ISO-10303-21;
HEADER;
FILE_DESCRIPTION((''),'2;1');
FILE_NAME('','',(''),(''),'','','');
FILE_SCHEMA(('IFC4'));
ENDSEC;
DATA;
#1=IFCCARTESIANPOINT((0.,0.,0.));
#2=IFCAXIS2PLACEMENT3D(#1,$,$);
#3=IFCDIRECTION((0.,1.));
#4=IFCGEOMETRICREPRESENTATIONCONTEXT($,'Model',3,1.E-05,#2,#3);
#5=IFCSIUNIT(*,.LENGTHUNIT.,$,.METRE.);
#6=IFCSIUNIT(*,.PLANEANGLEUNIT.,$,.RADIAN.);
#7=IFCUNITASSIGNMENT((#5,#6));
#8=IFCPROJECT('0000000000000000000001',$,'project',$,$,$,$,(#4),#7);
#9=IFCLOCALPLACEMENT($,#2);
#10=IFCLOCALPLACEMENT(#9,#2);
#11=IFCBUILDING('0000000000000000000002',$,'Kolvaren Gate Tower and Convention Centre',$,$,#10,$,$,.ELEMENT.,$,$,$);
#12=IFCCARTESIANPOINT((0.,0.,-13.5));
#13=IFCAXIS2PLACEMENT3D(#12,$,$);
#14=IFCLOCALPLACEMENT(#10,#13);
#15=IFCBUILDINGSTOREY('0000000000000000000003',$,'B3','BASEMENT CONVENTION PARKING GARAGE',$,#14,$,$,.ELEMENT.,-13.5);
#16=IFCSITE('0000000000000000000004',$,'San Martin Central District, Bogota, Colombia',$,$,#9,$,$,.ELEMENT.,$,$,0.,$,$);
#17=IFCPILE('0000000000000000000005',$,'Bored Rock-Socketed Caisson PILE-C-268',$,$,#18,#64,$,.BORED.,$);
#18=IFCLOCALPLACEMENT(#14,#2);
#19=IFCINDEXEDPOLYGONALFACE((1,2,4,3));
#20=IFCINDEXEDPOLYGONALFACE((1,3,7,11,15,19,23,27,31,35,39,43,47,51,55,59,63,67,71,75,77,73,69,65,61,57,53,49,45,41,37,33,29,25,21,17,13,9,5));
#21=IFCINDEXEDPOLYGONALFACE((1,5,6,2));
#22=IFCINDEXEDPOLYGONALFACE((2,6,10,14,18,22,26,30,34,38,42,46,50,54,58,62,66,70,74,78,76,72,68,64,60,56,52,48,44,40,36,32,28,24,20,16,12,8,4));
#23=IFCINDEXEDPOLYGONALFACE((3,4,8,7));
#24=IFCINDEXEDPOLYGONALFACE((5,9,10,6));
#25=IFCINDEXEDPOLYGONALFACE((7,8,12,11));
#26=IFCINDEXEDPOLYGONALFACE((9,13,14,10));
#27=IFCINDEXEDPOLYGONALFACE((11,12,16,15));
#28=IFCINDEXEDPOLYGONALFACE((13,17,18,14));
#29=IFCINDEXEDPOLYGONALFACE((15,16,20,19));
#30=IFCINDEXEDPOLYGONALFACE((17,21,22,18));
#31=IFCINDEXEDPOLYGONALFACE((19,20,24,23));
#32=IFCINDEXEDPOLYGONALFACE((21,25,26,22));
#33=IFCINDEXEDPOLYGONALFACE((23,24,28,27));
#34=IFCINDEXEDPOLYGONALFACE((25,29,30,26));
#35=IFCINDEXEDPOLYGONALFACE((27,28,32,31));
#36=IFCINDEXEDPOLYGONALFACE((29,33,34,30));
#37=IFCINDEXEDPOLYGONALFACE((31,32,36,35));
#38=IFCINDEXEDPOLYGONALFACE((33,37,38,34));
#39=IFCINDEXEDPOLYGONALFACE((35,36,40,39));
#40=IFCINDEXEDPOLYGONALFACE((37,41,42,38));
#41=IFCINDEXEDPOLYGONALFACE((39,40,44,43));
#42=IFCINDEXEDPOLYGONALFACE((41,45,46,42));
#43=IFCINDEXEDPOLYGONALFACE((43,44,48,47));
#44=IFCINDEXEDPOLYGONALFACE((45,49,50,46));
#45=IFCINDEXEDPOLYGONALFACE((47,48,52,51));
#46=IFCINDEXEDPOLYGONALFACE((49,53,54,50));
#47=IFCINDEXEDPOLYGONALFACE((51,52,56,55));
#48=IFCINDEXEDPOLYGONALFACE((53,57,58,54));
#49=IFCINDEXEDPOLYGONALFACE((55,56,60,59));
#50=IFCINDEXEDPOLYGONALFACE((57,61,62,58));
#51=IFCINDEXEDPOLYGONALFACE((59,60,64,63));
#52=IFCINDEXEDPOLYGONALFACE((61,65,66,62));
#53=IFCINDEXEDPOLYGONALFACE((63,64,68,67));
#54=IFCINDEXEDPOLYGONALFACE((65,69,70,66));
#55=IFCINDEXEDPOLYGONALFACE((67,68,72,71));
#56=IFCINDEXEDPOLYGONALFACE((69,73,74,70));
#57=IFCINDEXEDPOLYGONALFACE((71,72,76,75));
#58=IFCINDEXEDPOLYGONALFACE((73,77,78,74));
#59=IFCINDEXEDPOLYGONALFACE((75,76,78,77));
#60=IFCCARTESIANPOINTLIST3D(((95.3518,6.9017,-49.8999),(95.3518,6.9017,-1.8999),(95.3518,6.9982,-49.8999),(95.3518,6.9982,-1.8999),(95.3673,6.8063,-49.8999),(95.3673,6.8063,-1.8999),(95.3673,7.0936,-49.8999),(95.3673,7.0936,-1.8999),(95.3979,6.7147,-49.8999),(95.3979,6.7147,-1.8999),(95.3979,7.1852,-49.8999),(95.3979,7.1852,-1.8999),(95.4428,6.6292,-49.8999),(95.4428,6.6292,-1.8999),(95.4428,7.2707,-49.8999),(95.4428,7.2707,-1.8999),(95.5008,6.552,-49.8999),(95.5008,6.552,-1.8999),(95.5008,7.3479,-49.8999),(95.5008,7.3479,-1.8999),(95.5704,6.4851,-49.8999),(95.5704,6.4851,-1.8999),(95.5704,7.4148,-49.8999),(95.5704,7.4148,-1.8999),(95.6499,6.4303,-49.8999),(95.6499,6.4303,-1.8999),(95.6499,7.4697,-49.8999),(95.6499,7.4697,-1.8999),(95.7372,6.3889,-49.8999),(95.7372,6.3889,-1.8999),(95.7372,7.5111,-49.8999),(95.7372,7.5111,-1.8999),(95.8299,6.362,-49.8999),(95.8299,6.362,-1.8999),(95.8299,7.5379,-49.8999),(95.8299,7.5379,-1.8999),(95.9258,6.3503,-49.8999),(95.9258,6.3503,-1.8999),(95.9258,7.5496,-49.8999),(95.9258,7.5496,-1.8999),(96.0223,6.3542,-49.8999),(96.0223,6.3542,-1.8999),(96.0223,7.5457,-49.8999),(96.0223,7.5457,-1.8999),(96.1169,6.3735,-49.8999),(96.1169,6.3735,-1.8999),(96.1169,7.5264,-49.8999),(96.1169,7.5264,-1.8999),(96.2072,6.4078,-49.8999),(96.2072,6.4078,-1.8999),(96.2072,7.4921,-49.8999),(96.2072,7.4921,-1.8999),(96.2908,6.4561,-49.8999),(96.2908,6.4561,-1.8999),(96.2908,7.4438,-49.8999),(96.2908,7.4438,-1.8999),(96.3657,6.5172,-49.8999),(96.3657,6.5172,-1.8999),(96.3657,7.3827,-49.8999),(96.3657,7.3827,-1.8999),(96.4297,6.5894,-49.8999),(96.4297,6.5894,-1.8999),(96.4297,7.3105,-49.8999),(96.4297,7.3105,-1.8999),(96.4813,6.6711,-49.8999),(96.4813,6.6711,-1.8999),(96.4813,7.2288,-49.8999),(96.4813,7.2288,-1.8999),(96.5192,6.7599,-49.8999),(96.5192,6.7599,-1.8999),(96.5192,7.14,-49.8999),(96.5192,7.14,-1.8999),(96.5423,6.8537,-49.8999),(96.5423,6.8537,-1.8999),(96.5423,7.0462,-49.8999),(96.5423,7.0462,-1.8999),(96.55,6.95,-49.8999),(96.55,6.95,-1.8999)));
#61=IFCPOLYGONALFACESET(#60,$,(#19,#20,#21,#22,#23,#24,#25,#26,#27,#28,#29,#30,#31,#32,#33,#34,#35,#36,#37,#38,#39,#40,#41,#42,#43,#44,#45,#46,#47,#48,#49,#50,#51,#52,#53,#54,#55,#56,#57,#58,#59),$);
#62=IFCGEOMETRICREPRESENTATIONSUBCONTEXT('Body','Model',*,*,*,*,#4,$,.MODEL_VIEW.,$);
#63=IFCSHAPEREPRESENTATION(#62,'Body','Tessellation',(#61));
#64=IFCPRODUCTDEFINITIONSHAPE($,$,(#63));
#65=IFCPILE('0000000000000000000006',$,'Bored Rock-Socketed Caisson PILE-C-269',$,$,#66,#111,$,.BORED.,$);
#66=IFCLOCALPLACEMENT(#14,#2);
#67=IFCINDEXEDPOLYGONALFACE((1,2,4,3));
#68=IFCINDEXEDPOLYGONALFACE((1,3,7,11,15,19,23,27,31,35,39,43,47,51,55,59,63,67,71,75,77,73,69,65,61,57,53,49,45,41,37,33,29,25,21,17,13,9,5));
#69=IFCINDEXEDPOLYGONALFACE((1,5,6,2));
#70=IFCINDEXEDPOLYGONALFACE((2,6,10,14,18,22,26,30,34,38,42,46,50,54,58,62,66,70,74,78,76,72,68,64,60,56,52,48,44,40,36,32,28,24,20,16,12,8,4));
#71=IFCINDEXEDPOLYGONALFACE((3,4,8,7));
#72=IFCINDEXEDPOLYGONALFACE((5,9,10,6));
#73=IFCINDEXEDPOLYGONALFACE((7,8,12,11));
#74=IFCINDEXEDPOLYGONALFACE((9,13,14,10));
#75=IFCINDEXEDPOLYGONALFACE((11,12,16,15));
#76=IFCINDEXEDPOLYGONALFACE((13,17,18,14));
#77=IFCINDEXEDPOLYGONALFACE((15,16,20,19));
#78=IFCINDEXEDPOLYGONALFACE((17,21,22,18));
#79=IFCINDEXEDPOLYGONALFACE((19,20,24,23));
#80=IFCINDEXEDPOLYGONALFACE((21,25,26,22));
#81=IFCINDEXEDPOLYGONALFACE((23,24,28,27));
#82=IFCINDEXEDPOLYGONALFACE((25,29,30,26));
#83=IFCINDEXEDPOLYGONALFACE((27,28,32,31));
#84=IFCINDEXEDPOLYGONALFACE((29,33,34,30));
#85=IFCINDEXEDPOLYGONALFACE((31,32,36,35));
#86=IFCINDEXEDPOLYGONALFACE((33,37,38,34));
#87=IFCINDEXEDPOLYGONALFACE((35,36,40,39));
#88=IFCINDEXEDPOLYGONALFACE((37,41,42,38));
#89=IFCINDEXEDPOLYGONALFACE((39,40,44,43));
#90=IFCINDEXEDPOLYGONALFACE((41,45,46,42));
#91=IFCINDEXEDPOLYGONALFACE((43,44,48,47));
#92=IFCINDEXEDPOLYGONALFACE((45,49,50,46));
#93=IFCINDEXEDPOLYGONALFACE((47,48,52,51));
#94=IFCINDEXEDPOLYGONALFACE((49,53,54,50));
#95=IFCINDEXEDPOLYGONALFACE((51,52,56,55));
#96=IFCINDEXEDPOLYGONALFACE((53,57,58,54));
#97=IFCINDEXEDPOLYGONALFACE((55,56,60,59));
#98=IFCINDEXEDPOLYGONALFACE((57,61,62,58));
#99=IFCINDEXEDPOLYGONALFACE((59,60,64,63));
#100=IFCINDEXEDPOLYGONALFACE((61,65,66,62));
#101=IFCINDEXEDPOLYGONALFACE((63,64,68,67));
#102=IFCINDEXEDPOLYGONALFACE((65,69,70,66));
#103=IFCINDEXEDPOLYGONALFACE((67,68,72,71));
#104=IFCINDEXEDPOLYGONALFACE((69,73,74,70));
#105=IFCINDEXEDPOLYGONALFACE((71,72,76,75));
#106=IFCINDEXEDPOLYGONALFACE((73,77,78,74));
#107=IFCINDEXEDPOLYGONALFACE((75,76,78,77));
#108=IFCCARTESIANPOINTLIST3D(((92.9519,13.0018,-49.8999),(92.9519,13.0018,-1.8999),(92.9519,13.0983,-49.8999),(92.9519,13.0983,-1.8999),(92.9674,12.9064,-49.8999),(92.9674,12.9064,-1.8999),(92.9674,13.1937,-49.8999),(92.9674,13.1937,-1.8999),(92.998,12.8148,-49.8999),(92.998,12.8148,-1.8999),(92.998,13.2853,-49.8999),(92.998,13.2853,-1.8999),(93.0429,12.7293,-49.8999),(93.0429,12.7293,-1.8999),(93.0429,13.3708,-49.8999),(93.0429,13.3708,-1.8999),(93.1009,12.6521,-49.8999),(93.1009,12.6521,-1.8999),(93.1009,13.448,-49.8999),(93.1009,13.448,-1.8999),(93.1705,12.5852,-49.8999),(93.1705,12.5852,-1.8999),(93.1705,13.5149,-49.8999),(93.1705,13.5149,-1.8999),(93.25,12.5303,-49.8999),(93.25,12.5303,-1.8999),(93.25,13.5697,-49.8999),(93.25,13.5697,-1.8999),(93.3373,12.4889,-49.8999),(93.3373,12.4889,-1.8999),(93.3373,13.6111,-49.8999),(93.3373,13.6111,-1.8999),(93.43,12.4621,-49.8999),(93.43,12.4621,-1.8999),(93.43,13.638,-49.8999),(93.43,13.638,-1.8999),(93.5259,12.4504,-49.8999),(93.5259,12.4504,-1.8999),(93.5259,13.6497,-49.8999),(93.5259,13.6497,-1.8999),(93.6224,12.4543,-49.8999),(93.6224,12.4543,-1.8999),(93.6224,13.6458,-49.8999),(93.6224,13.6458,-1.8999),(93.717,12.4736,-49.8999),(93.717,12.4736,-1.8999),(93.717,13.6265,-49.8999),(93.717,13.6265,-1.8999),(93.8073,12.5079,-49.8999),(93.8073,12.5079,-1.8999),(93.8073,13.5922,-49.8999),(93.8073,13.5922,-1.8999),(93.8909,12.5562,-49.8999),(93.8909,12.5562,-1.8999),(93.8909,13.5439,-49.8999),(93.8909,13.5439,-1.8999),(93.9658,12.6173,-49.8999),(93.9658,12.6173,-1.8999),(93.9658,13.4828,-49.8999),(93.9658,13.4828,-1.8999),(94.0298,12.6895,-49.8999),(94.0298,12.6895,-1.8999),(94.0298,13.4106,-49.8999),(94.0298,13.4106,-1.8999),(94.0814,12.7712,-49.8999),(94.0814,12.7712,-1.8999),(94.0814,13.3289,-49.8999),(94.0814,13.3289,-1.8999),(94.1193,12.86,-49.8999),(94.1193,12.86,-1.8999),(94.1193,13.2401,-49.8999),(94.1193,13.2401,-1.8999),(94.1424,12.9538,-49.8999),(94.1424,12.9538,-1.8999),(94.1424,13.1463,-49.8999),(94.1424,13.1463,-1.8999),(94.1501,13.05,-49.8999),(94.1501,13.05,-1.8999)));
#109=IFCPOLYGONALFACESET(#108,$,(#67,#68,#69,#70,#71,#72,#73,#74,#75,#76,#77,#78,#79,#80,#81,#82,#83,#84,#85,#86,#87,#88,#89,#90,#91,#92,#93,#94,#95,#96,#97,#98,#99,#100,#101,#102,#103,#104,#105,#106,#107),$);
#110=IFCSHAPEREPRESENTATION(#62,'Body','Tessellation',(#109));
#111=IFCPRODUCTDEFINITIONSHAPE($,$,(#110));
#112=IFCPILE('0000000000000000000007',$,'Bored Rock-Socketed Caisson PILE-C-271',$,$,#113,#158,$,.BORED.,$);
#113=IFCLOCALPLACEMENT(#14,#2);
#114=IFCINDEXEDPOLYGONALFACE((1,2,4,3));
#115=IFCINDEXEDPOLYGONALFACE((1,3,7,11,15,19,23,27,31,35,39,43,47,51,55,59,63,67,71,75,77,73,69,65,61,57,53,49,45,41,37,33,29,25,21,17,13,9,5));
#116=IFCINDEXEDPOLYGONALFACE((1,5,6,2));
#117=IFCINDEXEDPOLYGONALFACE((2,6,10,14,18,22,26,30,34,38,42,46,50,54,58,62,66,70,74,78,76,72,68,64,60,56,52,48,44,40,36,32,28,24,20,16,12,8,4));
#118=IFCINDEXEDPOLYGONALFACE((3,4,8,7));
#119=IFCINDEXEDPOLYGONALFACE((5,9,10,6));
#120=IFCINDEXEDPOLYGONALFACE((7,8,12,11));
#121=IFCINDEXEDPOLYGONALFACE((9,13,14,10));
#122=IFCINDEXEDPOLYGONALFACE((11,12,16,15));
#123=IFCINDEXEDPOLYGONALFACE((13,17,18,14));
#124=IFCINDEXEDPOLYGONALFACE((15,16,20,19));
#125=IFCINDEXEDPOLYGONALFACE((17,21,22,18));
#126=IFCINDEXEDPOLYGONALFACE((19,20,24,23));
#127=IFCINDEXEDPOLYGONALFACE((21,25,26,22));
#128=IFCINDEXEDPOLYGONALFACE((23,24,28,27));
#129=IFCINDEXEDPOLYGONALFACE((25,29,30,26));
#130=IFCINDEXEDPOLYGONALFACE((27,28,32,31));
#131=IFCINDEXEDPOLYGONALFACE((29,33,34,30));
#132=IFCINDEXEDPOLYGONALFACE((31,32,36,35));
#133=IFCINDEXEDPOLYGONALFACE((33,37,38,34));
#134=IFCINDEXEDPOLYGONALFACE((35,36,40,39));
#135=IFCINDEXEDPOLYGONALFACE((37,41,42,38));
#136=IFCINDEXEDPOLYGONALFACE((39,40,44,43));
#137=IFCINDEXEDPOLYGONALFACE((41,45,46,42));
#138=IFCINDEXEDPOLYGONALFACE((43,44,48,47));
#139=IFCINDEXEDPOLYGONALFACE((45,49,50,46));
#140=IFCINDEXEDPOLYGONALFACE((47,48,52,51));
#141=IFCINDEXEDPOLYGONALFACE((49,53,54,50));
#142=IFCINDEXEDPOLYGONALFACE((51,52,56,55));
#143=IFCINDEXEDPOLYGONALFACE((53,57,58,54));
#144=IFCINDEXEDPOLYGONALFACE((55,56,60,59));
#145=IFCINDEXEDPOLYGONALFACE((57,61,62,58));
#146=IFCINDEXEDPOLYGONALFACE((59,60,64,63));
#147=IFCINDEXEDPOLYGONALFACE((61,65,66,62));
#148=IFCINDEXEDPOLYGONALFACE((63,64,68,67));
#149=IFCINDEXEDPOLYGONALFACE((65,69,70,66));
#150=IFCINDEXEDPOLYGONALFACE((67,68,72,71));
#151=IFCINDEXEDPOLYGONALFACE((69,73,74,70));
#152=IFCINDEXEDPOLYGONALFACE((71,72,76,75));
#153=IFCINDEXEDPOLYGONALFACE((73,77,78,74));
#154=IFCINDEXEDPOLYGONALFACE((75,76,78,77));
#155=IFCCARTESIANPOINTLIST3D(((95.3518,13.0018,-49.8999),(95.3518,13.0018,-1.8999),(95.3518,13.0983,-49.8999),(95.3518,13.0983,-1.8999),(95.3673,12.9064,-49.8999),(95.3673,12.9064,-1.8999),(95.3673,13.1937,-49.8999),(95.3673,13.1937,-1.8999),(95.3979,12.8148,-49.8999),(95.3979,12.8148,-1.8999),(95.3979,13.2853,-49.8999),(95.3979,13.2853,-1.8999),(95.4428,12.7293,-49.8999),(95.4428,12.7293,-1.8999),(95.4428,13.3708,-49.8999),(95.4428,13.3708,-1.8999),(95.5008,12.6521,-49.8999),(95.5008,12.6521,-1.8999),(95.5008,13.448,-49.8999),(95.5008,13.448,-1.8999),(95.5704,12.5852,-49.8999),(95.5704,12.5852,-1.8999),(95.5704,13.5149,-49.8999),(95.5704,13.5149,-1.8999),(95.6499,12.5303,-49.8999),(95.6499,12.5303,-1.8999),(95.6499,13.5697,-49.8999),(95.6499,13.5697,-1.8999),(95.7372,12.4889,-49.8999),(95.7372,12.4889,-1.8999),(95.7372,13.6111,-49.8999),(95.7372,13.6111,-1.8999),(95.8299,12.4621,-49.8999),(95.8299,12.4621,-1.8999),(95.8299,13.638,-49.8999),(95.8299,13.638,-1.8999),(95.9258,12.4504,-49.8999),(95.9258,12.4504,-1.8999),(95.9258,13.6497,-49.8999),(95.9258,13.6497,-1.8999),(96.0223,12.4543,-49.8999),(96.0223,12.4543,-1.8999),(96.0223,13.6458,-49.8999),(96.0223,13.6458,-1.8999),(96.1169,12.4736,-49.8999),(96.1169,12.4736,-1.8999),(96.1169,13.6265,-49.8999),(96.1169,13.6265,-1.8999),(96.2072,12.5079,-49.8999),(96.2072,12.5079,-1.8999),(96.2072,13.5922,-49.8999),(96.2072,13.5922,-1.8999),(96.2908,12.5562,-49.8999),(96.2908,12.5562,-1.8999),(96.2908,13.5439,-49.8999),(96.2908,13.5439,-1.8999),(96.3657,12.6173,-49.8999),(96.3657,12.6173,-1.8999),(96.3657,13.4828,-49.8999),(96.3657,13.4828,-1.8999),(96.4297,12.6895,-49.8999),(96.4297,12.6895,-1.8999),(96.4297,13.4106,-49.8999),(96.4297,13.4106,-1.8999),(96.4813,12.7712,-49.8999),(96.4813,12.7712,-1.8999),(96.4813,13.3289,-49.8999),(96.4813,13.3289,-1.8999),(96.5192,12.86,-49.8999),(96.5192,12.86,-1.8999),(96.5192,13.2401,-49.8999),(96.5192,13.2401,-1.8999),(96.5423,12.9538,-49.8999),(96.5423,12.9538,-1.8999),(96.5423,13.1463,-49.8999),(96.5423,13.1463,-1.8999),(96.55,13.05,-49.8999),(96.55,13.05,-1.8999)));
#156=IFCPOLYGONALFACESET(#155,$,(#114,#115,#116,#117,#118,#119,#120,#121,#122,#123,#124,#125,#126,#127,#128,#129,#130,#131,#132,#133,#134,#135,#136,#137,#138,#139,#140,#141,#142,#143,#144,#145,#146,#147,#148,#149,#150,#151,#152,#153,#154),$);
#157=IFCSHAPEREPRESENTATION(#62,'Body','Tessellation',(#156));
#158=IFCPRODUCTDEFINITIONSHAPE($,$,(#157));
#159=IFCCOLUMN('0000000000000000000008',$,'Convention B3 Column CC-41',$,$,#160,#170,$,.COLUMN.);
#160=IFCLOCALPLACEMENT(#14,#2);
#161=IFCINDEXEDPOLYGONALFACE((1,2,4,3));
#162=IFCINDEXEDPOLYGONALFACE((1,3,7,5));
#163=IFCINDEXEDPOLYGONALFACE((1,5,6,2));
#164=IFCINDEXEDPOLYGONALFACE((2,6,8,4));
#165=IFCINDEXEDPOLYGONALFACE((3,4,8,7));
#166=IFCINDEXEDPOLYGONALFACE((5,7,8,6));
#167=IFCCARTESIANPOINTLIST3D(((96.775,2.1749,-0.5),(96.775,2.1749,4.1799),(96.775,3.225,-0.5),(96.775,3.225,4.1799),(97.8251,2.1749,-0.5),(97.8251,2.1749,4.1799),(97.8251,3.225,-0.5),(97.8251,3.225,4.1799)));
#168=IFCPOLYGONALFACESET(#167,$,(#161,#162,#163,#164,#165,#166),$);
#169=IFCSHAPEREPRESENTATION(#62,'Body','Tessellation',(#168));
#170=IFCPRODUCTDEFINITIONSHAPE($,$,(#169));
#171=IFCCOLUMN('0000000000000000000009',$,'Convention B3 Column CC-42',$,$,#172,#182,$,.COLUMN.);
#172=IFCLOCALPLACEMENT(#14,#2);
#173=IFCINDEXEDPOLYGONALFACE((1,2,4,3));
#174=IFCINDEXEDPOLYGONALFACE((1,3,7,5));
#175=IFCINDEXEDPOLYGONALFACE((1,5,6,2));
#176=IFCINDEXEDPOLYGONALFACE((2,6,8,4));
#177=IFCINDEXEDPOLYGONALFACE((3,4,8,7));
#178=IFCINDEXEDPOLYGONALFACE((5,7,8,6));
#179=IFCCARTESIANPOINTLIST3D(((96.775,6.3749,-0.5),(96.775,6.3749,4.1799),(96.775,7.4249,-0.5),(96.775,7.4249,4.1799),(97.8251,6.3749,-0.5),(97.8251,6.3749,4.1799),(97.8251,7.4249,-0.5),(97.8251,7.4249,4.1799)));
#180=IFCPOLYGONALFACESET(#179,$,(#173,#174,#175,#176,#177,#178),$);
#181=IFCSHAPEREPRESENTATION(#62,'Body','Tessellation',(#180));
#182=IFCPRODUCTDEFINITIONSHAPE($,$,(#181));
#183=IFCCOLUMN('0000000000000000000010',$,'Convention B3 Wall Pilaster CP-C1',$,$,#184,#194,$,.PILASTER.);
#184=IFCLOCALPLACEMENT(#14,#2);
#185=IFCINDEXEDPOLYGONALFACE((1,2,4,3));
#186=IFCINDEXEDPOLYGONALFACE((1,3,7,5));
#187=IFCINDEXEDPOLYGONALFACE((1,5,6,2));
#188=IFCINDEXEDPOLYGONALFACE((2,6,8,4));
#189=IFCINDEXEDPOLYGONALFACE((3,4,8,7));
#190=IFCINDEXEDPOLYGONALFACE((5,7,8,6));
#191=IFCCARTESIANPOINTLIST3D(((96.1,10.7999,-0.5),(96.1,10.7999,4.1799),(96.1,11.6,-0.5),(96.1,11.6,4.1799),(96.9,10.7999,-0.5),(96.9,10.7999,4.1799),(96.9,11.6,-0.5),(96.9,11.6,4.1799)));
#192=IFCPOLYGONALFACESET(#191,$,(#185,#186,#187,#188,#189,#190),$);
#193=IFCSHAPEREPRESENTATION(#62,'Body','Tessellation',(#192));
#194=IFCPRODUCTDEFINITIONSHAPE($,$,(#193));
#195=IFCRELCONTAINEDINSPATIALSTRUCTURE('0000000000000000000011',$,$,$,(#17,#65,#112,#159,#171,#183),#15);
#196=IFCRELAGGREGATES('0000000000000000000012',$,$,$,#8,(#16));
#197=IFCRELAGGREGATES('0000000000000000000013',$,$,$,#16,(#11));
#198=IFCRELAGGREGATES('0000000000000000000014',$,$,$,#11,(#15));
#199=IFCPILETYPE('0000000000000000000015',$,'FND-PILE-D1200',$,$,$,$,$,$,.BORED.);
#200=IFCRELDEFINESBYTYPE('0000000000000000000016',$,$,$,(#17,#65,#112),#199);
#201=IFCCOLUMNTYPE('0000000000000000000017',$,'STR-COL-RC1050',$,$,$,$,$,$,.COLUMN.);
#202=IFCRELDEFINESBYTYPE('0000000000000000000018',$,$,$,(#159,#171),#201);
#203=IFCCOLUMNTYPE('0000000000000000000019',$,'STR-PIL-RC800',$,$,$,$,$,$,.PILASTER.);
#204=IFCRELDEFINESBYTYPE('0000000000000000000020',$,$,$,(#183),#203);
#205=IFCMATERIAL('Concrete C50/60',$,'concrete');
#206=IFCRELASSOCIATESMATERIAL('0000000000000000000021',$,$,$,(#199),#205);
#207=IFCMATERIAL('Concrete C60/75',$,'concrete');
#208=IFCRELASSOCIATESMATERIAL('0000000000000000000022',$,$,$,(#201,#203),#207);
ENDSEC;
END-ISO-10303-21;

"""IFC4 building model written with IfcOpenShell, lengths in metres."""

from ifc_helpers import new_model, si_unit, direction, frame, origin, origin_2d, place, context, subcontext, project, spatial, rectangle, circle, extrude, material, material_profile, profile_set, type_object, element, save


model = new_model("IFC4")

# Units and contexts
model_context = context("Model", 3, precision=1e-05, world=origin(), true_north=direction((0.0, 1.0)))
body_context = subcontext(model_context, "Body", "Model", "MODEL_VIEW")
ifc_project = project(units=[si_unit("LENGTHUNIT", "METRE"), si_unit("PLANEANGLEUNIT", "RADIAN")], contexts=[model_context])

# Site, building, storey
site_placement = place(None, origin())
site = spatial("IfcSite", under=ifc_project, at=site_placement, Name="San Martin Central District, Bogota, Colombia", CompositionType="ELEMENT", RefElevation=0.0)
building_placement = place(site_placement, origin())
building = spatial("IfcBuilding", under=site, at=building_placement, Name="Kolvaren Gate Tower and Convention Centre", CompositionType="ELEMENT")
storey_placement = place(building_placement, frame((0.0, 0.0, -13.5)))
storey = spatial("IfcBuildingStorey", under=building, at=storey_placement, Name="B3", Description="BASEMENT CONVENTION PARKING GARAGE", CompositionType="ELEMENT", Elevation=-13.5)

# Shared definitions
ifc_material_1 = material(Name="Concrete C50/60", Category="concrete")
ifc_material_2 = material(Name="Concrete C60/75", Category="concrete")

# Piles
ifc_material_profile_1 = material_profile(ifc_material_1, circle(Radius=0.6001, at=origin_2d()), Name="CAISSON-D1200")
ifc_profile_set_1 = profile_set([ifc_material_profile_1], Name="Concrete C50/60")
pile_type = type_object("IfcPileType", Name="FND-PILE-D1200", PredefinedType="BORED", material=ifc_profile_set_1)
for number, where, z_axis, x_axis, name in (
    (1, (95.95, 6.95, -1.8999), (0.0, 0.0, -1.0), (1.0, 0.0, 0.0), "Bored Rock-Socketed Caisson PILE-C-268"),
    (2, (93.55, 13.05, -1.8999), (0.0, 0.0, -1.0), (1.0, 0.0, 0.0), "Bored Rock-Socketed Caisson PILE-C-269"),
    (3, (95.95, 13.05, -1.8999), (0.0, 0.0, -1.0), (1.0, 0.0, 0.0), "Bored Rock-Socketed Caisson PILE-C-271"),
):
    element("IfcPile", number, at=place(storey_placement, frame(where, z_axis=z_axis, x_axis=x_axis)), inside=storey, type_object=pile_type, Name=name, PredefinedType="BORED", context=body_context, shape_type="SweptSolid", body=[
        extrude(circle(Radius=0.6001, at=origin_2d()), origin(), (0.0, 0.0, 1.0), 48.0),
    ])

# Columns
ifc_material_profile_2 = material_profile(ifc_material_2, rectangle(XDim=1.05, YDim=1.05, at=origin_2d()), Name="RC-COL-1050X1050")
ifc_profile_set_2 = profile_set([ifc_material_profile_2], Name="Concrete C60/75")
column_type_1 = type_object("IfcColumnType", Name="STR-COL-RC1050", PredefinedType="COLUMN", material=ifc_profile_set_2)
for number, where, z_axis, x_axis, name in (
    (4, (97.3, 2.7, -0.5), (0.0, 0.0, 1.0), (1.0, 0.0, 0.0), "Convention B3 Column CC-41"),
    (5, (97.3, 6.8999, -0.5), (0.0, 0.0, 1.0), (1.0, 0.0, 0.0), "Convention B3 Column CC-42"),
):
    element("IfcColumn", number, at=place(storey_placement, frame(where, z_axis=z_axis, x_axis=x_axis)), inside=storey, type_object=column_type_1, Name=name, PredefinedType="COLUMN", context=body_context, shape_type="SweptSolid", body=[
        extrude(rectangle(XDim=1.05, YDim=1.05, at=origin_2d()), origin(), (0.0, 0.0, 1.0), 4.6799),
    ])
ifc_material_profile_3 = material_profile(ifc_material_2, rectangle(XDim=0.8, YDim=0.8, at=origin_2d()), Name="RC-COL-800X800")
ifc_profile_set_3 = profile_set([ifc_material_profile_3], Name="Concrete C60/75")
column_type_2 = type_object("IfcColumnType", Name="STR-PIL-RC800", PredefinedType="PILASTER", material=ifc_profile_set_3)
column_placement = place(storey_placement, frame((96.5, 11.2, -0.5), z_axis=(0.0, 0.0, 1.0), x_axis=(1.0, 0.0, 0.0)))
element("IfcColumn", 6, at=column_placement, inside=storey, type_object=column_type_2, Name="Convention B3 Wall Pilaster CP-C1", PredefinedType="PILASTER", context=body_context, shape_type="SweptSolid", body=[
    extrude(rectangle(XDim=0.8, YDim=0.8, at=origin_2d()), origin(), (0.0, 0.0, 1.0), 4.6799),
])

save(model, "model.ifc")
